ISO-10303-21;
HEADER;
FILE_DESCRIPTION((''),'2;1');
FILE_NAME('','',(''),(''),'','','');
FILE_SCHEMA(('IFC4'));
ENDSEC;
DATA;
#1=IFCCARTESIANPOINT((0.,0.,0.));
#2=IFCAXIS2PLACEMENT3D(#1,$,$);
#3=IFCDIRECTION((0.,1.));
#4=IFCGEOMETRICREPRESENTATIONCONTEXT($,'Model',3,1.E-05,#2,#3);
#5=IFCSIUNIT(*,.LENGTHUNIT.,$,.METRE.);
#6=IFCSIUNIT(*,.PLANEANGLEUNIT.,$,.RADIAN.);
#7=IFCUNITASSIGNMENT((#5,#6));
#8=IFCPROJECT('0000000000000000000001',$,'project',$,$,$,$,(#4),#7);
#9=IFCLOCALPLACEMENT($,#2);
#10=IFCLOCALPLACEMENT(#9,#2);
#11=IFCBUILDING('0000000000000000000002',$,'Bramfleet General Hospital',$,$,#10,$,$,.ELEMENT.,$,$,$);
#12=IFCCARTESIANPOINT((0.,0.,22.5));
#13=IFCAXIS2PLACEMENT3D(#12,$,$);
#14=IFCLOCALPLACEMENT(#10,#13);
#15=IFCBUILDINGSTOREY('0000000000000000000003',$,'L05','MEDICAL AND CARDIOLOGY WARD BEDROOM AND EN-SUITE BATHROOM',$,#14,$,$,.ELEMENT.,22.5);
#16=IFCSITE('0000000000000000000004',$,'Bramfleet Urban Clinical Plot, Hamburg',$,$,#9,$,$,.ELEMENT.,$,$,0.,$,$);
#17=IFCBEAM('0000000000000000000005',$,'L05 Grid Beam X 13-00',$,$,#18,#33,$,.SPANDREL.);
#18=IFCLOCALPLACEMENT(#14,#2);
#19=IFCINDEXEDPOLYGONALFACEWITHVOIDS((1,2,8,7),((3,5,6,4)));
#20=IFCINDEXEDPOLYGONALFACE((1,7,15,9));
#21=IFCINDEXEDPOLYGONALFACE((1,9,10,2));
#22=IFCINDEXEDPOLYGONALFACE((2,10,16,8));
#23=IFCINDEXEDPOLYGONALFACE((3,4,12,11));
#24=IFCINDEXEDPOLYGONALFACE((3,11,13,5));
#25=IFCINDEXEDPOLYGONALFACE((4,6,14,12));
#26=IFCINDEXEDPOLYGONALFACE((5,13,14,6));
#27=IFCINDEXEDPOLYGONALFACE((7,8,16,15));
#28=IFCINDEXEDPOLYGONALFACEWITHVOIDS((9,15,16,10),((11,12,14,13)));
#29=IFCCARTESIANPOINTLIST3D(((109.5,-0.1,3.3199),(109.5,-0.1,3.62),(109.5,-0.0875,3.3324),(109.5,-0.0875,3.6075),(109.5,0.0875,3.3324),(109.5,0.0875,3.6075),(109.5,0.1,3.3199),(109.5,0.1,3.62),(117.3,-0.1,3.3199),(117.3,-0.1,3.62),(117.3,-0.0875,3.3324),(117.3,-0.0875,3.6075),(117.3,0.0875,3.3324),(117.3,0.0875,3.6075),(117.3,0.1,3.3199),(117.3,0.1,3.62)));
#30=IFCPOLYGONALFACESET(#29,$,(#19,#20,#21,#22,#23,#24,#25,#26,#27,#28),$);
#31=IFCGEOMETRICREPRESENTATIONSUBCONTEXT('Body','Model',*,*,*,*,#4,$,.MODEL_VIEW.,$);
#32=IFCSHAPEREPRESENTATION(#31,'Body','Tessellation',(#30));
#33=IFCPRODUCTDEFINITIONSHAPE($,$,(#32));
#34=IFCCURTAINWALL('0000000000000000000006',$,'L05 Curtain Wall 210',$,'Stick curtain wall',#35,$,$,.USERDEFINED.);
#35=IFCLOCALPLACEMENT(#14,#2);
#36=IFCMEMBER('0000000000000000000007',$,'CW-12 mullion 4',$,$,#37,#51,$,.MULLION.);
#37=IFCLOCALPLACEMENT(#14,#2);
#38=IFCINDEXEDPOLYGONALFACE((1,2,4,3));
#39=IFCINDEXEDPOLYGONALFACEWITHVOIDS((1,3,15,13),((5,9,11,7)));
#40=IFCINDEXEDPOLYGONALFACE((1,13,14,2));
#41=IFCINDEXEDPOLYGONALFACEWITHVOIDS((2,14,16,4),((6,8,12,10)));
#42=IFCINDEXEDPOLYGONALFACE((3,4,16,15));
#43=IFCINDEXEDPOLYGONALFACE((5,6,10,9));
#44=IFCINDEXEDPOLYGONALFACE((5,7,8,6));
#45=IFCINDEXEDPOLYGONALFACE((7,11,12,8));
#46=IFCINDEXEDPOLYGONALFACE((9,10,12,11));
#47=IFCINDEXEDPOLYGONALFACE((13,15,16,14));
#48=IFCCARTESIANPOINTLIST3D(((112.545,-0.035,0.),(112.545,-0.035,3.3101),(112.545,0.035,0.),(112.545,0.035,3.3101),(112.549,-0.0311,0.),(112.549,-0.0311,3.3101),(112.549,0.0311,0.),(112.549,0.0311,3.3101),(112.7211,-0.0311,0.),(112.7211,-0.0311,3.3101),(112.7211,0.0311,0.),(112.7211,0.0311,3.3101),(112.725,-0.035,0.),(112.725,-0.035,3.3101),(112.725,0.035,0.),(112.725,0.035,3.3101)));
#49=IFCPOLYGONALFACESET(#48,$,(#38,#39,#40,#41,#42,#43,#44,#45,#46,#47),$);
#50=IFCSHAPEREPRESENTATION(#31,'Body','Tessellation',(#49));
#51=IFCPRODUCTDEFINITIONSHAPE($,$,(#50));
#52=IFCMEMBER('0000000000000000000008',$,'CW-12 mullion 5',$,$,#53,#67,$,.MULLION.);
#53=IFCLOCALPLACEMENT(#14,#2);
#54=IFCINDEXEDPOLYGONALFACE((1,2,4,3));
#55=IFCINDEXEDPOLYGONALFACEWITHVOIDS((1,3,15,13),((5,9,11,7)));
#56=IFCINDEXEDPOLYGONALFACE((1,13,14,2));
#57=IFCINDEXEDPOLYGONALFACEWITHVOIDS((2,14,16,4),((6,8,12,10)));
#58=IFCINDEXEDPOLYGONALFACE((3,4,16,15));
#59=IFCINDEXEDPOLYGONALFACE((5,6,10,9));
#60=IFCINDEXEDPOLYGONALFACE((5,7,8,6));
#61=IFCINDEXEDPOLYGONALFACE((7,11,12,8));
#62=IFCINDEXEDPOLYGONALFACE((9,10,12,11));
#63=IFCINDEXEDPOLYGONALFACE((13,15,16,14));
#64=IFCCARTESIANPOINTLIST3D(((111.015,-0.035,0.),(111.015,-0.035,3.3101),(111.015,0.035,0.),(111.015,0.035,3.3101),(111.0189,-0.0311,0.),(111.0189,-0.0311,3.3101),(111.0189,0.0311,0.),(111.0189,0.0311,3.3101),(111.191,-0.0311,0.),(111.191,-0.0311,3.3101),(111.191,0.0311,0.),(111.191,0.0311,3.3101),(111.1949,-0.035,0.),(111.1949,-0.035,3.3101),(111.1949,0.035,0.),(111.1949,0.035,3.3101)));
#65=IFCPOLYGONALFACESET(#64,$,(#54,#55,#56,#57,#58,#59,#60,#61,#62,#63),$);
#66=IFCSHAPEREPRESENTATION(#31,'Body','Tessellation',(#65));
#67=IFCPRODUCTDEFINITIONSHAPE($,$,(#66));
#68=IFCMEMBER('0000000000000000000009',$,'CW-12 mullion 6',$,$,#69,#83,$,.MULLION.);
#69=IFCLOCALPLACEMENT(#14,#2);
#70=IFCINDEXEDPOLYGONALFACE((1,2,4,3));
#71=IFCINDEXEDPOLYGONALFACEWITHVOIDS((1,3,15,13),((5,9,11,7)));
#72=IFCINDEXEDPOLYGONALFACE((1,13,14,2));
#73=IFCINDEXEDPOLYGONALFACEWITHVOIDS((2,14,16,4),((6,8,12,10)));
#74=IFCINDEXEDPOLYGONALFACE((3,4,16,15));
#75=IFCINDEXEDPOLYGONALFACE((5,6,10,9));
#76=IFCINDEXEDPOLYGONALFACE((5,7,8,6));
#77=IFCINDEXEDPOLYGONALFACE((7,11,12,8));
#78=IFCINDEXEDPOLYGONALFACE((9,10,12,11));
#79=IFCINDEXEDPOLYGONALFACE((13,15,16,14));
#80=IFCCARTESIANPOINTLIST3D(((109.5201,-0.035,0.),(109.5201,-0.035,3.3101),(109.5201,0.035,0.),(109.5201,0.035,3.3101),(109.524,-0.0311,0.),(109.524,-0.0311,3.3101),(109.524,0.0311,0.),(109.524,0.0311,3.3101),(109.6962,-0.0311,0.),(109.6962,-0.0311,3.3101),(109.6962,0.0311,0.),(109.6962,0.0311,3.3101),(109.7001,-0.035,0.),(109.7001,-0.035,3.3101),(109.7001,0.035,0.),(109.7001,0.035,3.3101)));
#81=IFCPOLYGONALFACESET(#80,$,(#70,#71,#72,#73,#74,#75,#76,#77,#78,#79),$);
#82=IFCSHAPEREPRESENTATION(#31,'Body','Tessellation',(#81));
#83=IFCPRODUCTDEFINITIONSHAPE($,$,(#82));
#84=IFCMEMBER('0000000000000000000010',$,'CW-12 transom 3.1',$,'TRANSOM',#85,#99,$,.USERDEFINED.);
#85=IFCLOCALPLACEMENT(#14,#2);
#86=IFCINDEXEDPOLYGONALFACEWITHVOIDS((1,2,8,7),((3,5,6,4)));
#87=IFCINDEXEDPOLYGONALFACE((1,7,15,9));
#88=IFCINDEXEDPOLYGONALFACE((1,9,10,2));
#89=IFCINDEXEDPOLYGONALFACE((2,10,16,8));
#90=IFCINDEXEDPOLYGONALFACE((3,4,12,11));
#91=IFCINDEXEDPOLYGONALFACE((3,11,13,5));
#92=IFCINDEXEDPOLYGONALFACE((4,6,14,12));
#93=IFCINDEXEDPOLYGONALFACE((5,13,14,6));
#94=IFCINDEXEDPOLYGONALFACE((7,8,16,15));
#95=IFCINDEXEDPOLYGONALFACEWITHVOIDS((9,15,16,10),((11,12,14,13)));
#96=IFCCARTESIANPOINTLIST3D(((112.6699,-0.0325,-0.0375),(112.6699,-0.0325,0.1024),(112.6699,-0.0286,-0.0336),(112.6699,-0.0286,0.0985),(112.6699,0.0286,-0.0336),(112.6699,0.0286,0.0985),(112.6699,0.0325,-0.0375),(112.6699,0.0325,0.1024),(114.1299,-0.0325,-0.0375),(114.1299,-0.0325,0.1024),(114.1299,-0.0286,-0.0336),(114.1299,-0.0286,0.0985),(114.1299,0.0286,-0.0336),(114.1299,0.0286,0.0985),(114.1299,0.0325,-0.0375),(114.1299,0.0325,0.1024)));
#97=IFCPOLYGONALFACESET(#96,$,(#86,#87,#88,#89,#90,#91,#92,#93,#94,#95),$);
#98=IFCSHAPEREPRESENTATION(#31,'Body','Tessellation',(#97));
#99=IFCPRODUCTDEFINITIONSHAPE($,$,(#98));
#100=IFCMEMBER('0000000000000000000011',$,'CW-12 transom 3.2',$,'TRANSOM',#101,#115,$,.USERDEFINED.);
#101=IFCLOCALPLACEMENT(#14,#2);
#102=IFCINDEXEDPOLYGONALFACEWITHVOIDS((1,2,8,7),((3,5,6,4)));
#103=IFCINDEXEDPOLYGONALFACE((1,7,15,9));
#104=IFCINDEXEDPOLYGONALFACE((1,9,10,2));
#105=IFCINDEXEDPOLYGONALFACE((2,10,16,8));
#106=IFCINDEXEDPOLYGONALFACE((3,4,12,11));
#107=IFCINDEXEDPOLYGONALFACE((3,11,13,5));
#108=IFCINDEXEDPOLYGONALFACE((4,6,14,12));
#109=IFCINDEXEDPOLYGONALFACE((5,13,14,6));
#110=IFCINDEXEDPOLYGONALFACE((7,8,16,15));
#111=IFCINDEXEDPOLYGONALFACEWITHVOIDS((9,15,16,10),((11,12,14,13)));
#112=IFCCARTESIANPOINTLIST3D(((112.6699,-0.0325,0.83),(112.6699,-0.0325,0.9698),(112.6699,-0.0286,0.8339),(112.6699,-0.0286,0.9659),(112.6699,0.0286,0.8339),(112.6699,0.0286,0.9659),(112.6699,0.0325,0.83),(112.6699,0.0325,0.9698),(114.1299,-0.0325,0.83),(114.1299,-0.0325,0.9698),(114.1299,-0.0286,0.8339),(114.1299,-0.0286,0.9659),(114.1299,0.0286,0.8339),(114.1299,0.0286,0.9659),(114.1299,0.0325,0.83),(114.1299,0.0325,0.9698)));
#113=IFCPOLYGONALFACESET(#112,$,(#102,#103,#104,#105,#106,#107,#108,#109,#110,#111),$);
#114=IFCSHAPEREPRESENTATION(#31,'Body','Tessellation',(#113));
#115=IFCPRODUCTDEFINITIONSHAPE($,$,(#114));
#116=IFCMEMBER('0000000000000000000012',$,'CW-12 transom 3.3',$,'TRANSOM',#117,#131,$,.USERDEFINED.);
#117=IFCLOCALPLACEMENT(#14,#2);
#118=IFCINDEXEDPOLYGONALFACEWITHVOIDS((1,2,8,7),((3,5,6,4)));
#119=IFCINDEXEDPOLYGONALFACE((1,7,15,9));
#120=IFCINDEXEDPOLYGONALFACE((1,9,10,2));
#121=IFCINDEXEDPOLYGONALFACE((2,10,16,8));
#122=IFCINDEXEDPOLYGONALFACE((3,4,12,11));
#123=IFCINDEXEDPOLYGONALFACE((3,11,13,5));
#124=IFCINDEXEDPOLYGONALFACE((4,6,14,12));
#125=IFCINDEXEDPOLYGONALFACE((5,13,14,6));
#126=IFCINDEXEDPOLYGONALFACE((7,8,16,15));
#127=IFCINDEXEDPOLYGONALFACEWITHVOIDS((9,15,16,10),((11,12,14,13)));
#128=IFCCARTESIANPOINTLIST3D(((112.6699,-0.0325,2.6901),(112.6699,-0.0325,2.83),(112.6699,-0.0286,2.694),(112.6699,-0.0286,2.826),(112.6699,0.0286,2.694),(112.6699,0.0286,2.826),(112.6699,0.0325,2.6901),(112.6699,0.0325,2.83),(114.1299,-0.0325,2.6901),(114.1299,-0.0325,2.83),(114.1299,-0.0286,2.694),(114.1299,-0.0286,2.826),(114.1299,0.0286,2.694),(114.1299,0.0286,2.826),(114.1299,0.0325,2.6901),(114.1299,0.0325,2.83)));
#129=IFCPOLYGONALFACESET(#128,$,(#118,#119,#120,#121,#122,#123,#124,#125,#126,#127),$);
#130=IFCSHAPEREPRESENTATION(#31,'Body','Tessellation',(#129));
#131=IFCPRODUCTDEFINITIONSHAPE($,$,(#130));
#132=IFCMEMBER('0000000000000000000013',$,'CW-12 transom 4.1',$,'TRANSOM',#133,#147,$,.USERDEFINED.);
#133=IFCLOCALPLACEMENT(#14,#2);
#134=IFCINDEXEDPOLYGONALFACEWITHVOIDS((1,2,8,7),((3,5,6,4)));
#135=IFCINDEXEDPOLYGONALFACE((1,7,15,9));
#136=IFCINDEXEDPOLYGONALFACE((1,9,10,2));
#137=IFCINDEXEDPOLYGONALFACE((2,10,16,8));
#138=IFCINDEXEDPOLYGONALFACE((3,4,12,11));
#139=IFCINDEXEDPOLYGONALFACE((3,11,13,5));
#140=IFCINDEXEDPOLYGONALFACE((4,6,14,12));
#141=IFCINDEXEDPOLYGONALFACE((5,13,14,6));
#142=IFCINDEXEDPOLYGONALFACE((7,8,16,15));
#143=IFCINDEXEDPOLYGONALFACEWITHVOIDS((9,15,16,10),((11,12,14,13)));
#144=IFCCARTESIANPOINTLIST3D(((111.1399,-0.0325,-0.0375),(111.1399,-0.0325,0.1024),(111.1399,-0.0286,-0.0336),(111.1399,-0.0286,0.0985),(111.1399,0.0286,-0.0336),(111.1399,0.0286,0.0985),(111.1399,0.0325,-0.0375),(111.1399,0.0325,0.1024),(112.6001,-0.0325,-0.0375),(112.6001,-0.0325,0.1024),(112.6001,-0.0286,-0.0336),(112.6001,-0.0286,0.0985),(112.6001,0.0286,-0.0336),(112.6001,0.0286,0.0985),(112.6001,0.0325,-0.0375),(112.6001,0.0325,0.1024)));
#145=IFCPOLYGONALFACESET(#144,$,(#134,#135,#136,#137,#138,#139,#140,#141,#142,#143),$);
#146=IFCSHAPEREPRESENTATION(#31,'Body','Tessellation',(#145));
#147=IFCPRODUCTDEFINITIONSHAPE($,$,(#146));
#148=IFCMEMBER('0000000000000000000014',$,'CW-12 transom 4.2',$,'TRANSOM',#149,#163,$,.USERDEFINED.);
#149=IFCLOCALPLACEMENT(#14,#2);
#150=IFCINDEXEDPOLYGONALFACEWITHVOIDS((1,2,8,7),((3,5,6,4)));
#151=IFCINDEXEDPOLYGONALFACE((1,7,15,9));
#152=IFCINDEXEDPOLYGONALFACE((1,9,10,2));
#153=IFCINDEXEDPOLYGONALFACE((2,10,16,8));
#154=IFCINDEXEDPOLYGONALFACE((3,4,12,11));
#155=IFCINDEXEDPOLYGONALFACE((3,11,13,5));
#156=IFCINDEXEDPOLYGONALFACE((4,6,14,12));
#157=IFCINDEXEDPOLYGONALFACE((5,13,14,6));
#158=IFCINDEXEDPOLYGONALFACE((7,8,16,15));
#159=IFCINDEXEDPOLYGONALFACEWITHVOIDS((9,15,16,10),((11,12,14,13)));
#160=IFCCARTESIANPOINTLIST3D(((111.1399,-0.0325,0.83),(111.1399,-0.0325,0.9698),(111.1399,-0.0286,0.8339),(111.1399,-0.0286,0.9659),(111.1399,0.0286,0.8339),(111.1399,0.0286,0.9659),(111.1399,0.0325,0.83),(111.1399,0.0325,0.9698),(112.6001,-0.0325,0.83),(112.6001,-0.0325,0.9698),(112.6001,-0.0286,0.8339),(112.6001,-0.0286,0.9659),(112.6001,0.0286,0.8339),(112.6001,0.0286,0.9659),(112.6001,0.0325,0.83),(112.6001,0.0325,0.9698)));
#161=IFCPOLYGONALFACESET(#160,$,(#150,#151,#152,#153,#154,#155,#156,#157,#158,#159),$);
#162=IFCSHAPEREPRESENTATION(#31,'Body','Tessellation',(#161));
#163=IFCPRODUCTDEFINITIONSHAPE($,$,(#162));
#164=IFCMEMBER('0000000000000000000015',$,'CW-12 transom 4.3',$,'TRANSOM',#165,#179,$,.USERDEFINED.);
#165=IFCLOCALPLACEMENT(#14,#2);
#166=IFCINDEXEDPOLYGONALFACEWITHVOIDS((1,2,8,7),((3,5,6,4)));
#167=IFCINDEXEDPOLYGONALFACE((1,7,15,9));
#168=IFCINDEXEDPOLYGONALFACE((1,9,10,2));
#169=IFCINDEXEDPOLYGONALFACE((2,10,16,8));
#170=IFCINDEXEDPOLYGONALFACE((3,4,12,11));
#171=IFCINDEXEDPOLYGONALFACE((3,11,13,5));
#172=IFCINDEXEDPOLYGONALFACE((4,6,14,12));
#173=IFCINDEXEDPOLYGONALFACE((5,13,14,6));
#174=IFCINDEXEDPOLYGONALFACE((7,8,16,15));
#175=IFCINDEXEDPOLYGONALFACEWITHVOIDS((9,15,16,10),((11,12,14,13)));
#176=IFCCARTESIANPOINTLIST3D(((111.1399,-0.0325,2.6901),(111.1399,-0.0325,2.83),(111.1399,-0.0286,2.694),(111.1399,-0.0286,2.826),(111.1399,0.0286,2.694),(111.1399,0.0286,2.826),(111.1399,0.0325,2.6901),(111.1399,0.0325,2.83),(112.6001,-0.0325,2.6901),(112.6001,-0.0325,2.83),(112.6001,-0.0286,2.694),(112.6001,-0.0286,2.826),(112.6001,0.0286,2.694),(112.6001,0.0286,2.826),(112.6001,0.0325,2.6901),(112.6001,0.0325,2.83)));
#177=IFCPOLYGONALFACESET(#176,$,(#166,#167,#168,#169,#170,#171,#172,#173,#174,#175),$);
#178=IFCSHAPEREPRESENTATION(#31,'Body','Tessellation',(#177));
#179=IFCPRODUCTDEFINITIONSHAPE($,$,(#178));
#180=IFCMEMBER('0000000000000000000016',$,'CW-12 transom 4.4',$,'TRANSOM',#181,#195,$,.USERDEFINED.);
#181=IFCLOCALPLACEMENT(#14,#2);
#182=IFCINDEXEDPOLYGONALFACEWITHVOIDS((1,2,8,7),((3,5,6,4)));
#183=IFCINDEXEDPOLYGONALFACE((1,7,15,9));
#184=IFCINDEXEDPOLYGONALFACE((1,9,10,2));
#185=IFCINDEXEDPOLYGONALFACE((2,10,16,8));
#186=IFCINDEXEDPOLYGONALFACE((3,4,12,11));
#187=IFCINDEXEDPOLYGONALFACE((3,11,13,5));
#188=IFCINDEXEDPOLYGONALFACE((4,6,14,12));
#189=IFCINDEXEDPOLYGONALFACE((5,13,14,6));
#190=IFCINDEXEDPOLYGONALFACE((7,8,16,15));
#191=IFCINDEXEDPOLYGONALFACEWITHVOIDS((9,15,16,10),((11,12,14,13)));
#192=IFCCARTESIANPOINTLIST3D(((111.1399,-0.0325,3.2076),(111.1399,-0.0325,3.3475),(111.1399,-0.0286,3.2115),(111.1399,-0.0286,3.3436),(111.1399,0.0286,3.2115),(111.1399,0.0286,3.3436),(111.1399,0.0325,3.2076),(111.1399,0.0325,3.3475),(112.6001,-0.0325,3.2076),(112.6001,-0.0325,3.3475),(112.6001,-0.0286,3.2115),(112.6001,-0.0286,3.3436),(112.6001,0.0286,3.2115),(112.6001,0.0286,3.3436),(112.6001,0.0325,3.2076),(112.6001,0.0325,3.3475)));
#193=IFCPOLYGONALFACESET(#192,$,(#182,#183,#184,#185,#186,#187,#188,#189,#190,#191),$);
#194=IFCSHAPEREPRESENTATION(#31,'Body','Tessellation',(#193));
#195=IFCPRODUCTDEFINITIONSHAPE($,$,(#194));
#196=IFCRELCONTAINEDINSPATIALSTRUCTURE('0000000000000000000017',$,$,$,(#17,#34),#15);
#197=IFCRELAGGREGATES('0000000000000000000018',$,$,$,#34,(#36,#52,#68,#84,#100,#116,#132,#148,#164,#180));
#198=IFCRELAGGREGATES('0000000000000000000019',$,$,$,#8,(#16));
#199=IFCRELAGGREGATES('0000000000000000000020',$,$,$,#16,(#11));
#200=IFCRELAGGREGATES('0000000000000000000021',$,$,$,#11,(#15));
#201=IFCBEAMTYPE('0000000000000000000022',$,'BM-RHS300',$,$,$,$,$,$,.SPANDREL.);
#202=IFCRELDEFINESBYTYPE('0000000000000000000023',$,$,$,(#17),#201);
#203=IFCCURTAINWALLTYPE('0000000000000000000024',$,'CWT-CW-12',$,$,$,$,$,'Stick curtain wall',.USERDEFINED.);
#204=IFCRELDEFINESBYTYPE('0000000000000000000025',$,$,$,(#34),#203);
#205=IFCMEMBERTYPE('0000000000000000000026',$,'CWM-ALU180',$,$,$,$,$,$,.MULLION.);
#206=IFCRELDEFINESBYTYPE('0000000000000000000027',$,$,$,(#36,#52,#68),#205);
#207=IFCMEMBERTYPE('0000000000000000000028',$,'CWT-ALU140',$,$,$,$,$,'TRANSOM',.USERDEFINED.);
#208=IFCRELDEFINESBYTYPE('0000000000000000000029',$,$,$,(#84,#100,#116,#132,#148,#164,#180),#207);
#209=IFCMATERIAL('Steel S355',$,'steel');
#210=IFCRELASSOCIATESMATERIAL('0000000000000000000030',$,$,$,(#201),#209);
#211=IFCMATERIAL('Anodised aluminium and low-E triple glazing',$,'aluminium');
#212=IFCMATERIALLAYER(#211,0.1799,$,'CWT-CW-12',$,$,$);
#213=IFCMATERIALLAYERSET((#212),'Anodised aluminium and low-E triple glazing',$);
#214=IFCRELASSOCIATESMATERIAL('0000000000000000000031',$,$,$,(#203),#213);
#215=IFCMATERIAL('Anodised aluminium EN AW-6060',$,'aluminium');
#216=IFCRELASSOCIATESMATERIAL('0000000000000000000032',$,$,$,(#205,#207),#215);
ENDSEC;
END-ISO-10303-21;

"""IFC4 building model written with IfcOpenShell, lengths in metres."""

from ifc_helpers import new_model, si_unit, direction, frame, origin, origin_2d, place, context, subcontext, project, spatial, hollow_rectangle, extrude, material, layer, layer_set, material_profile, profile_set, type_object, element, aggregate, save


model = new_model("IFC4")

# Units and contexts
model_context = context("Model", 3, precision=1e-05, world=origin(), true_north=direction((0.0, 1.0)))
body_context = subcontext(model_context, "Body", "Model", "MODEL_VIEW")
ifc_project = project(units=[si_unit("LENGTHUNIT", "METRE"), si_unit("PLANEANGLEUNIT", "RADIAN")], contexts=[model_context])

# Site, building, storey
site_placement = place(None, origin())
site = spatial("IfcSite", under=ifc_project, at=site_placement, Name="Bramfleet Urban Clinical Plot, Hamburg", CompositionType="ELEMENT", RefElevation=0.0)
building_placement = place(site_placement, origin())
building = spatial("IfcBuilding", under=site, at=building_placement, Name="Bramfleet General Hospital", CompositionType="ELEMENT")
storey_placement = place(building_placement, frame((0.0, 0.0, 22.5)))
storey = spatial("IfcBuildingStorey", under=building, at=storey_placement, Name="L05", Description="MEDICAL AND CARDIOLOGY WARD BEDROOM AND EN-SUITE BATHROOM", CompositionType="ELEMENT", Elevation=22.5)

# Beam
ifc_material_1 = material(Name="Steel S355", Category="steel")
ifc_material_profile_1 = material_profile(ifc_material_1, hollow_rectangle(XDim=0.2, YDim=0.3, WallThickness=0.0125, at=origin_2d()), Name="RHS 300x200x12.5")
ifc_profile_set_1 = profile_set([ifc_material_profile_1], Name="Steel S355")
beam_type = type_object("IfcBeamType", Name="BM-RHS300", PredefinedType="SPANDREL", material=ifc_profile_set_1)
beam_placement = place(storey_placement, frame((109.5, 0.0, 3.47), z_axis=(1.0, 0.0, 0.0), x_axis=(0.0, 1.0, 0.0)))
element("IfcBeam", 1, at=beam_placement, inside=storey, type_object=beam_type, Name="L05 Grid Beam X 13-00", PredefinedType="SPANDREL", context=body_context, shape_type="SweptSolid", body=[
    extrude(hollow_rectangle(XDim=0.2, YDim=0.3, WallThickness=0.0125, at=origin_2d()), origin(), (0.0, 0.0, 1.0), 7.8),
])

# Curtain wall, members
ifc_material_2 = material(Name="Anodised aluminium and low-E triple glazing", Category="aluminium")
ifc_layer_1 = layer(ifc_material_2, 0.1799, Name="CWT-CW-12")
ifc_layer_set_1 = layer_set([ifc_layer_1], Name="Anodised aluminium and low-E triple glazing")
curtain_wall_type = type_object("IfcCurtainWallType", Name="CWT-CW-12", ElementType="Stick curtain wall", PredefinedType="USERDEFINED", material=ifc_layer_set_1)
curtain_wall_placement = place(storey_placement, origin())
curtain_wall = element("IfcCurtainWall", 2, at=curtain_wall_placement, inside=storey, type_object=curtain_wall_type, Name="L05 Curtain Wall 210", ObjectType="Stick curtain wall", PredefinedType="USERDEFINED")
ifc_material_3 = material(Name="Anodised aluminium EN AW-6060", Category="aluminium")
ifc_material_profile_2 = material_profile(ifc_material_3, hollow_rectangle(XDim=0.0701, YDim=0.1799, WallThickness=0.0039, at=origin_2d()), Name="ALU 180x70x4.0")
ifc_profile_set_2 = profile_set([ifc_material_profile_2], Name="Anodised aluminium EN AW-6060")
member_type_1 = type_object("IfcMemberType", Name="CWM-ALU180", PredefinedType="MULLION", material=ifc_profile_set_2)
member_1_placement = place(storey_placement, frame((112.635, 0.0, 0.0), z_axis=(0.0, 0.0, 1.0), x_axis=(0.0, -1.0, 0.0)))
member_1 = element("IfcMember", 3, at=member_1_placement, type_object=member_type_1, Name="CW-12 mullion 4", PredefinedType="MULLION", context=body_context, shape_type="SweptSolid", body=[
    extrude(hollow_rectangle(XDim=0.0701, YDim=0.1799, WallThickness=0.0039, at=origin_2d()), origin(), (0.0, 0.0, 1.0), 3.3101),
])
member_2_placement = place(storey_placement, frame((111.105, 0.0, 0.0), z_axis=(0.0, 0.0, 1.0), x_axis=(0.0, -1.0, 0.0)))
member_2 = element("IfcMember", 4, at=member_2_placement, type_object=member_type_1, Name="CW-12 mullion 5", PredefinedType="MULLION", context=body_context, shape_type="SweptSolid", body=[
    extrude(hollow_rectangle(XDim=0.0701, YDim=0.1799, WallThickness=0.0039, at=origin_2d()), origin(), (0.0, 0.0, 1.0), 3.3101),
])
member_3_placement = place(storey_placement, frame((109.6101, 0.0, 0.0), z_axis=(0.0, 0.0, 1.0), x_axis=(0.0, -1.0, 0.0)))
member_3 = element("IfcMember", 5, at=member_3_placement, type_object=member_type_1, Name="CW-12 mullion 6", PredefinedType="MULLION", context=body_context, shape_type="SweptSolid", body=[
    extrude(hollow_rectangle(XDim=0.0701, YDim=0.1799, WallThickness=0.0039, at=origin_2d()), origin(), (0.0, 0.0, 1.0), 3.3101),
])
ifc_material_profile_3 = material_profile(ifc_material_3, hollow_rectangle(XDim=0.0649, YDim=0.1399, WallThickness=0.0039, at=origin_2d()), Name="ALU 140x65x4.0")
ifc_profile_set_3 = profile_set([ifc_material_profile_3], Name="Anodised aluminium EN AW-6060")
member_type_2 = type_object("IfcMemberType", Name="CWT-ALU140", ElementType="TRANSOM", PredefinedType="USERDEFINED", material=ifc_profile_set_3)
member_4_placement = place(storey_placement, frame((114.1299, 0.0, 0.0325), z_axis=(-1.0, 0.0, 0.0), x_axis=(0.0, -1.0, 0.0)))
member_4 = element("IfcMember", 6, at=member_4_placement, type_object=member_type_2, Name="CW-12 transom 3.1", ObjectType="TRANSOM", PredefinedType="USERDEFINED", context=body_context, shape_type="SweptSolid", body=[
    extrude(hollow_rectangle(XDim=0.0649, YDim=0.1399, WallThickness=0.0039, at=origin_2d()), origin(), (0.0, 0.0, 1.0), 1.46),
])
member_5_placement = place(storey_placement, frame((114.1299, 0.0, 0.8999), z_axis=(-1.0, 0.0, 0.0), x_axis=(0.0, -1.0, 0.0)))
member_5 = element("IfcMember", 7, at=member_5_placement, type_object=member_type_2, Name="CW-12 transom 3.2", ObjectType="TRANSOM", PredefinedType="USERDEFINED", context=body_context, shape_type="SweptSolid", body=[
    extrude(hollow_rectangle(XDim=0.0649, YDim=0.1399, WallThickness=0.0039, at=origin_2d()), origin(), (0.0, 0.0, 1.0), 1.46),
])
member_6_placement = place(storey_placement, frame((114.1299, 0.0, 2.76), z_axis=(-1.0, 0.0, 0.0), x_axis=(0.0, -1.0, 0.0)))
member_6 = element("IfcMember", 8, at=member_6_placement, type_object=member_type_2, Name="CW-12 transom 3.3", ObjectType="TRANSOM", PredefinedType="USERDEFINED", context=body_context, shape_type="SweptSolid", body=[
    extrude(hollow_rectangle(XDim=0.0649, YDim=0.1399, WallThickness=0.0039, at=origin_2d()), origin(), (0.0, 0.0, 1.0), 1.46),
])
member_7_placement = place(storey_placement, frame((112.6001, 0.0, 0.0325), z_axis=(-1.0, 0.0, 0.0), x_axis=(0.0, -1.0, 0.0)))
member_7 = element("IfcMember", 9, at=member_7_placement, type_object=member_type_2, Name="CW-12 transom 4.1", ObjectType="TRANSOM", PredefinedType="USERDEFINED", context=body_context, shape_type="SweptSolid", body=[
    extrude(hollow_rectangle(XDim=0.0649, YDim=0.1399, WallThickness=0.0039, at=origin_2d()), origin(), (0.0, 0.0, 1.0), 1.4602),
])
member_8_placement = place(storey_placement, frame((112.6001, 0.0, 0.8999), z_axis=(-1.0, 0.0, 0.0), x_axis=(0.0, -1.0, 0.0)))
member_8 = element("IfcMember", 10, at=member_8_placement, type_object=member_type_2, Name="CW-12 transom 4.2", ObjectType="TRANSOM", PredefinedType="USERDEFINED", context=body_context, shape_type="SweptSolid", body=[
    extrude(hollow_rectangle(XDim=0.0649, YDim=0.1399, WallThickness=0.0039, at=origin_2d()), origin(), (0.0, 0.0, 1.0), 1.4602),
])
member_9_placement = place(storey_placement, frame((112.6001, 0.0, 2.76), z_axis=(-1.0, 0.0, 0.0), x_axis=(0.0, -1.0, 0.0)))
member_9 = element("IfcMember", 11, at=member_9_placement, type_object=member_type_2, Name="CW-12 transom 4.3", ObjectType="TRANSOM", PredefinedType="USERDEFINED", context=body_context, shape_type="SweptSolid", body=[
    extrude(hollow_rectangle(XDim=0.0649, YDim=0.1399, WallThickness=0.0039, at=origin_2d()), origin(), (0.0, 0.0, 1.0), 1.4602),
])
member_10_placement = place(storey_placement, frame((112.6001, 0.0, 3.2776), z_axis=(-1.0, 0.0, 0.0), x_axis=(0.0, -1.0, 0.0)))
member_10 = element("IfcMember", 12, at=member_10_placement, type_object=member_type_2, Name="CW-12 transom 4.4", ObjectType="TRANSOM", PredefinedType="USERDEFINED", context=body_context, shape_type="SweptSolid", body=[
    extrude(hollow_rectangle(XDim=0.0649, YDim=0.1399, WallThickness=0.0039, at=origin_2d()), origin(), (0.0, 0.0, 1.0), 1.4602),
])
aggregate(curtain_wall, [member_1, member_2, member_3, member_4, member_5, member_6, member_7, member_8, member_9, member_10])

save(model, "model.ifc")
